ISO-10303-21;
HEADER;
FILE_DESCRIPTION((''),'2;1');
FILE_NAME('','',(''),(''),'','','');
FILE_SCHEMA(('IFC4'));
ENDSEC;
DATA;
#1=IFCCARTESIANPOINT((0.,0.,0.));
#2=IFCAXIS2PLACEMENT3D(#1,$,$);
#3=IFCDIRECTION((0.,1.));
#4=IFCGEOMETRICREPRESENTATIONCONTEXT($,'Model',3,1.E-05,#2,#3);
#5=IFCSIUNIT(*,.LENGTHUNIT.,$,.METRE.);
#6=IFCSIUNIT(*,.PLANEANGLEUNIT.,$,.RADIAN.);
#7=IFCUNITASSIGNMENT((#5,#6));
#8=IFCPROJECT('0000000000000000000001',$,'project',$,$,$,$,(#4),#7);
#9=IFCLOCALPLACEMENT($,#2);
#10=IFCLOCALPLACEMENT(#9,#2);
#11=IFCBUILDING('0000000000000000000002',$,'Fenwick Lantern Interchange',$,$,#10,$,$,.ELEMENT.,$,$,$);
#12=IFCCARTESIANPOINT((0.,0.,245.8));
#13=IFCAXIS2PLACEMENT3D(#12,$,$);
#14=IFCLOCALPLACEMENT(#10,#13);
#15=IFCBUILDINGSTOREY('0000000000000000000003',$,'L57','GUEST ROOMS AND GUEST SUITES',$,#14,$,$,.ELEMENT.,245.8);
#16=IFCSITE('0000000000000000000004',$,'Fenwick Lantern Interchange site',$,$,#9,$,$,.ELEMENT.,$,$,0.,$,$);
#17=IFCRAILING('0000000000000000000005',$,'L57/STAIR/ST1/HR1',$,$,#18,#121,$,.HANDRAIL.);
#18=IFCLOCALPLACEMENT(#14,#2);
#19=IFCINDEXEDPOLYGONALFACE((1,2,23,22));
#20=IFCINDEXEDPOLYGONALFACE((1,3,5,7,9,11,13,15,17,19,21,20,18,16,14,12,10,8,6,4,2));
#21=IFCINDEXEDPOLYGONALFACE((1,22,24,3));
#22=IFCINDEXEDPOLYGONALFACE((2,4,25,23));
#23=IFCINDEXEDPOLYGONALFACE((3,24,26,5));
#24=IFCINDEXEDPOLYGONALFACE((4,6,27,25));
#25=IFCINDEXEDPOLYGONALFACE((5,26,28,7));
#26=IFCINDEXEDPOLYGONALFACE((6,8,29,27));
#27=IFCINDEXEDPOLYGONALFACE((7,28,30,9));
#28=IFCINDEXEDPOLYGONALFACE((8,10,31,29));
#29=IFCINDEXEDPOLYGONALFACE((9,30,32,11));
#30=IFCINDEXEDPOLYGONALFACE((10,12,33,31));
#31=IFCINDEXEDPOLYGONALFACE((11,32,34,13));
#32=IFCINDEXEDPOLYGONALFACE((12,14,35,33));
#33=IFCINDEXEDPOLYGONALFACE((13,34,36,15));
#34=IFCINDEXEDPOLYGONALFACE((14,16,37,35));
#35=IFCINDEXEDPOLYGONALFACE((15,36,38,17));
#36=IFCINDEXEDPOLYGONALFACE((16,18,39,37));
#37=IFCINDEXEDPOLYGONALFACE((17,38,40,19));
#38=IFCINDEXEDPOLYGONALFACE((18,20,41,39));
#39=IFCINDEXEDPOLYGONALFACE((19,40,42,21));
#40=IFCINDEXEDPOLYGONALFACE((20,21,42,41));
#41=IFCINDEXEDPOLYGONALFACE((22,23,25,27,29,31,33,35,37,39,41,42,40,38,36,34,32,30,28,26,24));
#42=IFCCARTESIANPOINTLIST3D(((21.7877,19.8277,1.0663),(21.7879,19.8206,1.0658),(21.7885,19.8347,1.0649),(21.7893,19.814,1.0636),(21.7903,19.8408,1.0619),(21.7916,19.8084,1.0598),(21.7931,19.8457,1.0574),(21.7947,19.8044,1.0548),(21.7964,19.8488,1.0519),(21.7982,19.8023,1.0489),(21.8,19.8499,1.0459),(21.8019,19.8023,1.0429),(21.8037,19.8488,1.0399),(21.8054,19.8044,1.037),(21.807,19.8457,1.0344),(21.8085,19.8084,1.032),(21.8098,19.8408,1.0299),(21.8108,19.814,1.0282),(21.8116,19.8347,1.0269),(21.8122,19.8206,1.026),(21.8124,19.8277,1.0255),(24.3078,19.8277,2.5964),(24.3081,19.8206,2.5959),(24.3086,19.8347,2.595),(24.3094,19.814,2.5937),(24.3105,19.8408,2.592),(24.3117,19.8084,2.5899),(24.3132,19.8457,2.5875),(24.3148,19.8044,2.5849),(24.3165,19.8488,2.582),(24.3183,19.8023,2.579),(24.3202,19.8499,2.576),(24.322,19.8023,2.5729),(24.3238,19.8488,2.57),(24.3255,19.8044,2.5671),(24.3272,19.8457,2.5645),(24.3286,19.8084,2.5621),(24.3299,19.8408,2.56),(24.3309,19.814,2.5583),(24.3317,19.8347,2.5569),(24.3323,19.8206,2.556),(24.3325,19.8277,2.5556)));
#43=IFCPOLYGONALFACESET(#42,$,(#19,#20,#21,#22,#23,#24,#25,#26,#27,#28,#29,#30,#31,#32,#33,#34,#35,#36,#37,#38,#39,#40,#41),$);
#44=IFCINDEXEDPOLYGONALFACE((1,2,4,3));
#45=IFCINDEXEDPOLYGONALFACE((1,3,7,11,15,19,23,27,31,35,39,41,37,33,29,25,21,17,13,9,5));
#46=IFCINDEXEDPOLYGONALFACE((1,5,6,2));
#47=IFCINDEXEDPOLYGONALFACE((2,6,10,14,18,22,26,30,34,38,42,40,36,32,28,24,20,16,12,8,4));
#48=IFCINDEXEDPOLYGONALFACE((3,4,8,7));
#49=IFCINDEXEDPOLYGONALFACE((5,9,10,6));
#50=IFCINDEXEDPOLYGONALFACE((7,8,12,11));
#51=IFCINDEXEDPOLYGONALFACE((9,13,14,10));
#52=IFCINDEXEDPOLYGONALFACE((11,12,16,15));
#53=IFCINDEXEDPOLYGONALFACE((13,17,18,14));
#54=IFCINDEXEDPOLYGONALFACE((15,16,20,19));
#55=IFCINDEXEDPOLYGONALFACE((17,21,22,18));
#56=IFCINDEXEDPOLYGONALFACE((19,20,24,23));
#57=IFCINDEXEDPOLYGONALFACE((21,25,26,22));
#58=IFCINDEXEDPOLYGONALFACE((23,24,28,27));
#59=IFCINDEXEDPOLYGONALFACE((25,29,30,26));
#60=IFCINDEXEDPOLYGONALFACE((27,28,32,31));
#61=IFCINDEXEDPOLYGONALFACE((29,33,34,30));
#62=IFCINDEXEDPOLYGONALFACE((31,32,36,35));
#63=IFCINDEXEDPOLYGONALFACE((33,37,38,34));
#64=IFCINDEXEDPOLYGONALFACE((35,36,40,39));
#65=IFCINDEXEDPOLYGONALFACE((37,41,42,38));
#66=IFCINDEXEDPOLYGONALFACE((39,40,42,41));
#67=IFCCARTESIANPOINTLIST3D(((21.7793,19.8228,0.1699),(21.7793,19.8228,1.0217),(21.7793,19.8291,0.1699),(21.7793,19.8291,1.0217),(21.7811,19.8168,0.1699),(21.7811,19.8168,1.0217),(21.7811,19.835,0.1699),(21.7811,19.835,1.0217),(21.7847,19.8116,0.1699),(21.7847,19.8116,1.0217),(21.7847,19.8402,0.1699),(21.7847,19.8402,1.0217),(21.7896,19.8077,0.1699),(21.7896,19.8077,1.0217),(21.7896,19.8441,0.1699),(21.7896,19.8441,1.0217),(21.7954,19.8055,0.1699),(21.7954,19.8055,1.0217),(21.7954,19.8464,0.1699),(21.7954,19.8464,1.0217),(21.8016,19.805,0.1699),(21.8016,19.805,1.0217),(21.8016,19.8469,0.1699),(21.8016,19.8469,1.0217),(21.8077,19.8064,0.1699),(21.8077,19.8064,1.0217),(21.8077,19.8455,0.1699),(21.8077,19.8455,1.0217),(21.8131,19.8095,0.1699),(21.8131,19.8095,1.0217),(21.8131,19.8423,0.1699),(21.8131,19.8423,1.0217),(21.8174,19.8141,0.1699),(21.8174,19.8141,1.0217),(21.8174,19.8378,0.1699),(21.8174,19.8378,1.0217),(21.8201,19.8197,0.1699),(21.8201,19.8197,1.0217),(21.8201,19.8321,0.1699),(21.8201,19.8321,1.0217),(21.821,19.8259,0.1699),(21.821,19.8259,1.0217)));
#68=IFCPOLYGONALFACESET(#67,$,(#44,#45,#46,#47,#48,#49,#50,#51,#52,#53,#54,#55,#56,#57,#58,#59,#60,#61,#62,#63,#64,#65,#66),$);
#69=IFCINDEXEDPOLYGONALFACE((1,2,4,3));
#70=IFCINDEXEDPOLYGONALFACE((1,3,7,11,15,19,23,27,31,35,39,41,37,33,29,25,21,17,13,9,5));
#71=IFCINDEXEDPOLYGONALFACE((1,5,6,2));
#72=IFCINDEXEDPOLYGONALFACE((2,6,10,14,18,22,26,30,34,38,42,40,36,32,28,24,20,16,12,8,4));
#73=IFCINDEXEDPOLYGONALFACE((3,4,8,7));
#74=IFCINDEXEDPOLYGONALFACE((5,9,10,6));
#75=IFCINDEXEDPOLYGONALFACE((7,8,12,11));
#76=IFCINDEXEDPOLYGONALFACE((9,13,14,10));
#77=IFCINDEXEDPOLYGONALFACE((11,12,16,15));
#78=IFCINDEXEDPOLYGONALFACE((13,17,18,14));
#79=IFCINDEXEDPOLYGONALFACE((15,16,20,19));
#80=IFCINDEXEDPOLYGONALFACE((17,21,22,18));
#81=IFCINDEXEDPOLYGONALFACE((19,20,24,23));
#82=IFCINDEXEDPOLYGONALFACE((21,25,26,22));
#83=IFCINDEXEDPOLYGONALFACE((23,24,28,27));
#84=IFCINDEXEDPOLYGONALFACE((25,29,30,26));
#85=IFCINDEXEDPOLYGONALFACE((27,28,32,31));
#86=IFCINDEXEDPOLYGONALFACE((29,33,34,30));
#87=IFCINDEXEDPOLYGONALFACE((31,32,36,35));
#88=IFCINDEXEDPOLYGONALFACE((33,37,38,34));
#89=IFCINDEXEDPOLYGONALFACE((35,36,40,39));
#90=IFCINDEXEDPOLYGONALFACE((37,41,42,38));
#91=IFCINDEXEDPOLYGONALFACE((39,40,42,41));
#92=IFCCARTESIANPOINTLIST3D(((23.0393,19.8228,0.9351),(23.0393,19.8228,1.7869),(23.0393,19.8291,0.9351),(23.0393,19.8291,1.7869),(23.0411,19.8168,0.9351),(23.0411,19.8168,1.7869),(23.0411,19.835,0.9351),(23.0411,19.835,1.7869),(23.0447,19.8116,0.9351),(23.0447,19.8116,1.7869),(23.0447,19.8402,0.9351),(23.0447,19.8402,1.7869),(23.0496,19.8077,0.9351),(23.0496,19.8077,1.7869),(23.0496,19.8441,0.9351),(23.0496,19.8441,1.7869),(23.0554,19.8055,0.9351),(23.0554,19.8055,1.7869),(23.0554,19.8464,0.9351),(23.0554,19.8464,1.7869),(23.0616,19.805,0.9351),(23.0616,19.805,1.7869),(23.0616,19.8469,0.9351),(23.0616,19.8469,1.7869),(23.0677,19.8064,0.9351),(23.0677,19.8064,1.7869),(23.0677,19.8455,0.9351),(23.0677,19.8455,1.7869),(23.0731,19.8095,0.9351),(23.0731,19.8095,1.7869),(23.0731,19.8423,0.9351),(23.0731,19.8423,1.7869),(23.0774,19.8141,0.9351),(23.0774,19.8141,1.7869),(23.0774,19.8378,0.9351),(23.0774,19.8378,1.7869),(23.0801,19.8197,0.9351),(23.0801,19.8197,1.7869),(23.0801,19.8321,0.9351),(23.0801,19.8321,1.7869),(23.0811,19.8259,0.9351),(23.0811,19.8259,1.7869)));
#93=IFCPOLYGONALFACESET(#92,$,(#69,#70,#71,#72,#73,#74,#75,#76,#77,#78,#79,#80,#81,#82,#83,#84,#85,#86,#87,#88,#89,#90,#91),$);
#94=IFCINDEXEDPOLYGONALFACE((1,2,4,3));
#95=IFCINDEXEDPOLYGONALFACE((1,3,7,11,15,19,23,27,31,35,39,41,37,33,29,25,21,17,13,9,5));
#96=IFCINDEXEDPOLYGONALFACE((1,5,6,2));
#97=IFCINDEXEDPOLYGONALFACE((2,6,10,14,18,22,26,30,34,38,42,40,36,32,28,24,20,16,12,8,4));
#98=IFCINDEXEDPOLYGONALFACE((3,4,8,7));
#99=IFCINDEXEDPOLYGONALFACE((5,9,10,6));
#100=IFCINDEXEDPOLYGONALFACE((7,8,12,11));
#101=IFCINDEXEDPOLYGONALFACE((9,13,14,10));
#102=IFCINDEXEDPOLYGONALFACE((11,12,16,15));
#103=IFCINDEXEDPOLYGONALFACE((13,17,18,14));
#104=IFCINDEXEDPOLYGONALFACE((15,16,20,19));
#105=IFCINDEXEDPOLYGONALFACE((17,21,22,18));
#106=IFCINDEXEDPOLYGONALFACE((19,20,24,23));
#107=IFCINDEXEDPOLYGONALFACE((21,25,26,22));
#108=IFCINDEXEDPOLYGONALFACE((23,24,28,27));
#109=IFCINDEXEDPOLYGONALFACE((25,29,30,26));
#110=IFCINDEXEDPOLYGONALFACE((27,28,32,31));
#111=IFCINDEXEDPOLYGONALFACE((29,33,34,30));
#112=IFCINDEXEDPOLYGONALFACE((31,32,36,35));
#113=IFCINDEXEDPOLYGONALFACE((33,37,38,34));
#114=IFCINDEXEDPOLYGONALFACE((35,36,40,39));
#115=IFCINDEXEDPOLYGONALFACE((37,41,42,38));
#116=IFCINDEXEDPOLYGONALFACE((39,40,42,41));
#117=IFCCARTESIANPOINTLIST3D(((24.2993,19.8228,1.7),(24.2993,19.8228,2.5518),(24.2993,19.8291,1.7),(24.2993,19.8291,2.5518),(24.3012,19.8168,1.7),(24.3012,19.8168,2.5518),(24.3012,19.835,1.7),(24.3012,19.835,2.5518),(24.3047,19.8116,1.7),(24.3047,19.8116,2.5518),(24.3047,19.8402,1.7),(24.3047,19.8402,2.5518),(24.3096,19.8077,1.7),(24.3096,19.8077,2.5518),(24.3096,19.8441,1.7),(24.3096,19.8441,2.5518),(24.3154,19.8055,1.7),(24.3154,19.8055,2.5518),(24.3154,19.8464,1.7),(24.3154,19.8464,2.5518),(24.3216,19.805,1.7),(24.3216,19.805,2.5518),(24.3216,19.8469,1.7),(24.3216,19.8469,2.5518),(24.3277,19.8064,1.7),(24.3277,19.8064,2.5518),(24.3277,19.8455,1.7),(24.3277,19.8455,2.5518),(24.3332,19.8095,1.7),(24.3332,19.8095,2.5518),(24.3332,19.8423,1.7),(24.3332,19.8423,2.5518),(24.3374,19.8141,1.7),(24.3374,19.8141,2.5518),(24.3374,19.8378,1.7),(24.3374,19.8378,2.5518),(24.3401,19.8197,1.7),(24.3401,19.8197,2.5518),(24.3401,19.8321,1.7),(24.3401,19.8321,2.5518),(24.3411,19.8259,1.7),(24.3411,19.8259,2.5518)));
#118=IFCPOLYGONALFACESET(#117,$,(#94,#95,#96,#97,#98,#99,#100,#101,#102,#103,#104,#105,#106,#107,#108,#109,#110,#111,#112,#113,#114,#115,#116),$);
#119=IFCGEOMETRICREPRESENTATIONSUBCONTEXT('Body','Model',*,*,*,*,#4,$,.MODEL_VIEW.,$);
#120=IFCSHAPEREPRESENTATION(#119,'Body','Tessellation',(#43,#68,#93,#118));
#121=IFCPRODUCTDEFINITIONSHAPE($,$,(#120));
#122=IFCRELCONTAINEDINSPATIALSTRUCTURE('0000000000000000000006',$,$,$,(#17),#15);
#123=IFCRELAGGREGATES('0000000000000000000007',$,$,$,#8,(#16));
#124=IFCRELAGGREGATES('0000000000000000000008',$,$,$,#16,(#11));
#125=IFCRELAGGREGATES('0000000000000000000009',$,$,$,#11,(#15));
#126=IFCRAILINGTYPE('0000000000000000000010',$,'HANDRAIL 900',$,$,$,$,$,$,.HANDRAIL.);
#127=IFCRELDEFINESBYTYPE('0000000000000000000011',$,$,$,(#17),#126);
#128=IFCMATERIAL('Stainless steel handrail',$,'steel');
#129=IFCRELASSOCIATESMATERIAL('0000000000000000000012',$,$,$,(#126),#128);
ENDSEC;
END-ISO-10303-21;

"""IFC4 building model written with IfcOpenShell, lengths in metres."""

from ifc_helpers import new_model, si_unit, direction, frame, origin, origin_2d, place, context, subcontext, project, spatial, circle, extrude, material, type_object, element, save


model = new_model("IFC4")

# Units and contexts
model_context = context("Model", 3, precision=1e-05, world=origin(), true_north=direction((0.0, 1.0)))
body_context = subcontext(model_context, "Body", "Model", "MODEL_VIEW")
ifc_project = project(units=[si_unit("LENGTHUNIT", "METRE"), si_unit("PLANEANGLEUNIT", "RADIAN")], contexts=[model_context])

# Site, building, storey
site_placement = place(None, origin())
site = spatial("IfcSite", under=ifc_project, at=site_placement, Name="Fenwick Lantern Interchange site", CompositionType="ELEMENT", RefElevation=0.0)
building_placement = place(site_placement, origin())
building = spatial("IfcBuilding", under=site, at=building_placement, Name="Fenwick Lantern Interchange", CompositionType="ELEMENT")
storey_placement = place(building_placement, frame((0.0, 0.0, 245.8)))
storey = spatial("IfcBuildingStorey", under=building, at=storey_placement, Name="L57", Description="GUEST ROOMS AND GUEST SUITES", CompositionType="ELEMENT", Elevation=245.8)

# Railing
ifc_material_1 = material(Name="Stainless steel handrail", Category="steel")
railing_type = type_object("IfcRailingType", Name="HANDRAIL 900", PredefinedType="HANDRAIL", material=ifc_material_1)
railing_1_placement = place(storey_placement, frame((21.8, 19.8259, 0.1699)))
element("IfcRailing", 1, at=railing_1_placement, inside=storey, type_object=railing_type, Name="L57/STAIR/ST1/HR1", PredefinedType="HANDRAIL", context=body_context, shape_type="SweptSolid", body=[
    extrude(circle(Radius=0.0239, at=origin_2d()), frame((0.0, 0.0, 0.876), z_axis=(0.854785, 0.0, 0.518982), x_axis=(0.0, 1.0, 0.0)), (0.0, 0.0, 1.0), 2.9482),
    extrude(circle(Radius=0.021, at=origin_2d()), origin(), (0.0, 0.0, 1.0), 0.8518),
    extrude(circle(Radius=0.021, at=origin_2d()), frame((1.26, 0.0, 0.7651)), (0.0, 0.0, 1.0), 0.8518),
    extrude(circle(Radius=0.021, at=origin_2d()), frame((2.52, 0.0, 1.53)), (0.0, 0.0, 1.0), 0.8518),
])

save(model, "model.ifc")
